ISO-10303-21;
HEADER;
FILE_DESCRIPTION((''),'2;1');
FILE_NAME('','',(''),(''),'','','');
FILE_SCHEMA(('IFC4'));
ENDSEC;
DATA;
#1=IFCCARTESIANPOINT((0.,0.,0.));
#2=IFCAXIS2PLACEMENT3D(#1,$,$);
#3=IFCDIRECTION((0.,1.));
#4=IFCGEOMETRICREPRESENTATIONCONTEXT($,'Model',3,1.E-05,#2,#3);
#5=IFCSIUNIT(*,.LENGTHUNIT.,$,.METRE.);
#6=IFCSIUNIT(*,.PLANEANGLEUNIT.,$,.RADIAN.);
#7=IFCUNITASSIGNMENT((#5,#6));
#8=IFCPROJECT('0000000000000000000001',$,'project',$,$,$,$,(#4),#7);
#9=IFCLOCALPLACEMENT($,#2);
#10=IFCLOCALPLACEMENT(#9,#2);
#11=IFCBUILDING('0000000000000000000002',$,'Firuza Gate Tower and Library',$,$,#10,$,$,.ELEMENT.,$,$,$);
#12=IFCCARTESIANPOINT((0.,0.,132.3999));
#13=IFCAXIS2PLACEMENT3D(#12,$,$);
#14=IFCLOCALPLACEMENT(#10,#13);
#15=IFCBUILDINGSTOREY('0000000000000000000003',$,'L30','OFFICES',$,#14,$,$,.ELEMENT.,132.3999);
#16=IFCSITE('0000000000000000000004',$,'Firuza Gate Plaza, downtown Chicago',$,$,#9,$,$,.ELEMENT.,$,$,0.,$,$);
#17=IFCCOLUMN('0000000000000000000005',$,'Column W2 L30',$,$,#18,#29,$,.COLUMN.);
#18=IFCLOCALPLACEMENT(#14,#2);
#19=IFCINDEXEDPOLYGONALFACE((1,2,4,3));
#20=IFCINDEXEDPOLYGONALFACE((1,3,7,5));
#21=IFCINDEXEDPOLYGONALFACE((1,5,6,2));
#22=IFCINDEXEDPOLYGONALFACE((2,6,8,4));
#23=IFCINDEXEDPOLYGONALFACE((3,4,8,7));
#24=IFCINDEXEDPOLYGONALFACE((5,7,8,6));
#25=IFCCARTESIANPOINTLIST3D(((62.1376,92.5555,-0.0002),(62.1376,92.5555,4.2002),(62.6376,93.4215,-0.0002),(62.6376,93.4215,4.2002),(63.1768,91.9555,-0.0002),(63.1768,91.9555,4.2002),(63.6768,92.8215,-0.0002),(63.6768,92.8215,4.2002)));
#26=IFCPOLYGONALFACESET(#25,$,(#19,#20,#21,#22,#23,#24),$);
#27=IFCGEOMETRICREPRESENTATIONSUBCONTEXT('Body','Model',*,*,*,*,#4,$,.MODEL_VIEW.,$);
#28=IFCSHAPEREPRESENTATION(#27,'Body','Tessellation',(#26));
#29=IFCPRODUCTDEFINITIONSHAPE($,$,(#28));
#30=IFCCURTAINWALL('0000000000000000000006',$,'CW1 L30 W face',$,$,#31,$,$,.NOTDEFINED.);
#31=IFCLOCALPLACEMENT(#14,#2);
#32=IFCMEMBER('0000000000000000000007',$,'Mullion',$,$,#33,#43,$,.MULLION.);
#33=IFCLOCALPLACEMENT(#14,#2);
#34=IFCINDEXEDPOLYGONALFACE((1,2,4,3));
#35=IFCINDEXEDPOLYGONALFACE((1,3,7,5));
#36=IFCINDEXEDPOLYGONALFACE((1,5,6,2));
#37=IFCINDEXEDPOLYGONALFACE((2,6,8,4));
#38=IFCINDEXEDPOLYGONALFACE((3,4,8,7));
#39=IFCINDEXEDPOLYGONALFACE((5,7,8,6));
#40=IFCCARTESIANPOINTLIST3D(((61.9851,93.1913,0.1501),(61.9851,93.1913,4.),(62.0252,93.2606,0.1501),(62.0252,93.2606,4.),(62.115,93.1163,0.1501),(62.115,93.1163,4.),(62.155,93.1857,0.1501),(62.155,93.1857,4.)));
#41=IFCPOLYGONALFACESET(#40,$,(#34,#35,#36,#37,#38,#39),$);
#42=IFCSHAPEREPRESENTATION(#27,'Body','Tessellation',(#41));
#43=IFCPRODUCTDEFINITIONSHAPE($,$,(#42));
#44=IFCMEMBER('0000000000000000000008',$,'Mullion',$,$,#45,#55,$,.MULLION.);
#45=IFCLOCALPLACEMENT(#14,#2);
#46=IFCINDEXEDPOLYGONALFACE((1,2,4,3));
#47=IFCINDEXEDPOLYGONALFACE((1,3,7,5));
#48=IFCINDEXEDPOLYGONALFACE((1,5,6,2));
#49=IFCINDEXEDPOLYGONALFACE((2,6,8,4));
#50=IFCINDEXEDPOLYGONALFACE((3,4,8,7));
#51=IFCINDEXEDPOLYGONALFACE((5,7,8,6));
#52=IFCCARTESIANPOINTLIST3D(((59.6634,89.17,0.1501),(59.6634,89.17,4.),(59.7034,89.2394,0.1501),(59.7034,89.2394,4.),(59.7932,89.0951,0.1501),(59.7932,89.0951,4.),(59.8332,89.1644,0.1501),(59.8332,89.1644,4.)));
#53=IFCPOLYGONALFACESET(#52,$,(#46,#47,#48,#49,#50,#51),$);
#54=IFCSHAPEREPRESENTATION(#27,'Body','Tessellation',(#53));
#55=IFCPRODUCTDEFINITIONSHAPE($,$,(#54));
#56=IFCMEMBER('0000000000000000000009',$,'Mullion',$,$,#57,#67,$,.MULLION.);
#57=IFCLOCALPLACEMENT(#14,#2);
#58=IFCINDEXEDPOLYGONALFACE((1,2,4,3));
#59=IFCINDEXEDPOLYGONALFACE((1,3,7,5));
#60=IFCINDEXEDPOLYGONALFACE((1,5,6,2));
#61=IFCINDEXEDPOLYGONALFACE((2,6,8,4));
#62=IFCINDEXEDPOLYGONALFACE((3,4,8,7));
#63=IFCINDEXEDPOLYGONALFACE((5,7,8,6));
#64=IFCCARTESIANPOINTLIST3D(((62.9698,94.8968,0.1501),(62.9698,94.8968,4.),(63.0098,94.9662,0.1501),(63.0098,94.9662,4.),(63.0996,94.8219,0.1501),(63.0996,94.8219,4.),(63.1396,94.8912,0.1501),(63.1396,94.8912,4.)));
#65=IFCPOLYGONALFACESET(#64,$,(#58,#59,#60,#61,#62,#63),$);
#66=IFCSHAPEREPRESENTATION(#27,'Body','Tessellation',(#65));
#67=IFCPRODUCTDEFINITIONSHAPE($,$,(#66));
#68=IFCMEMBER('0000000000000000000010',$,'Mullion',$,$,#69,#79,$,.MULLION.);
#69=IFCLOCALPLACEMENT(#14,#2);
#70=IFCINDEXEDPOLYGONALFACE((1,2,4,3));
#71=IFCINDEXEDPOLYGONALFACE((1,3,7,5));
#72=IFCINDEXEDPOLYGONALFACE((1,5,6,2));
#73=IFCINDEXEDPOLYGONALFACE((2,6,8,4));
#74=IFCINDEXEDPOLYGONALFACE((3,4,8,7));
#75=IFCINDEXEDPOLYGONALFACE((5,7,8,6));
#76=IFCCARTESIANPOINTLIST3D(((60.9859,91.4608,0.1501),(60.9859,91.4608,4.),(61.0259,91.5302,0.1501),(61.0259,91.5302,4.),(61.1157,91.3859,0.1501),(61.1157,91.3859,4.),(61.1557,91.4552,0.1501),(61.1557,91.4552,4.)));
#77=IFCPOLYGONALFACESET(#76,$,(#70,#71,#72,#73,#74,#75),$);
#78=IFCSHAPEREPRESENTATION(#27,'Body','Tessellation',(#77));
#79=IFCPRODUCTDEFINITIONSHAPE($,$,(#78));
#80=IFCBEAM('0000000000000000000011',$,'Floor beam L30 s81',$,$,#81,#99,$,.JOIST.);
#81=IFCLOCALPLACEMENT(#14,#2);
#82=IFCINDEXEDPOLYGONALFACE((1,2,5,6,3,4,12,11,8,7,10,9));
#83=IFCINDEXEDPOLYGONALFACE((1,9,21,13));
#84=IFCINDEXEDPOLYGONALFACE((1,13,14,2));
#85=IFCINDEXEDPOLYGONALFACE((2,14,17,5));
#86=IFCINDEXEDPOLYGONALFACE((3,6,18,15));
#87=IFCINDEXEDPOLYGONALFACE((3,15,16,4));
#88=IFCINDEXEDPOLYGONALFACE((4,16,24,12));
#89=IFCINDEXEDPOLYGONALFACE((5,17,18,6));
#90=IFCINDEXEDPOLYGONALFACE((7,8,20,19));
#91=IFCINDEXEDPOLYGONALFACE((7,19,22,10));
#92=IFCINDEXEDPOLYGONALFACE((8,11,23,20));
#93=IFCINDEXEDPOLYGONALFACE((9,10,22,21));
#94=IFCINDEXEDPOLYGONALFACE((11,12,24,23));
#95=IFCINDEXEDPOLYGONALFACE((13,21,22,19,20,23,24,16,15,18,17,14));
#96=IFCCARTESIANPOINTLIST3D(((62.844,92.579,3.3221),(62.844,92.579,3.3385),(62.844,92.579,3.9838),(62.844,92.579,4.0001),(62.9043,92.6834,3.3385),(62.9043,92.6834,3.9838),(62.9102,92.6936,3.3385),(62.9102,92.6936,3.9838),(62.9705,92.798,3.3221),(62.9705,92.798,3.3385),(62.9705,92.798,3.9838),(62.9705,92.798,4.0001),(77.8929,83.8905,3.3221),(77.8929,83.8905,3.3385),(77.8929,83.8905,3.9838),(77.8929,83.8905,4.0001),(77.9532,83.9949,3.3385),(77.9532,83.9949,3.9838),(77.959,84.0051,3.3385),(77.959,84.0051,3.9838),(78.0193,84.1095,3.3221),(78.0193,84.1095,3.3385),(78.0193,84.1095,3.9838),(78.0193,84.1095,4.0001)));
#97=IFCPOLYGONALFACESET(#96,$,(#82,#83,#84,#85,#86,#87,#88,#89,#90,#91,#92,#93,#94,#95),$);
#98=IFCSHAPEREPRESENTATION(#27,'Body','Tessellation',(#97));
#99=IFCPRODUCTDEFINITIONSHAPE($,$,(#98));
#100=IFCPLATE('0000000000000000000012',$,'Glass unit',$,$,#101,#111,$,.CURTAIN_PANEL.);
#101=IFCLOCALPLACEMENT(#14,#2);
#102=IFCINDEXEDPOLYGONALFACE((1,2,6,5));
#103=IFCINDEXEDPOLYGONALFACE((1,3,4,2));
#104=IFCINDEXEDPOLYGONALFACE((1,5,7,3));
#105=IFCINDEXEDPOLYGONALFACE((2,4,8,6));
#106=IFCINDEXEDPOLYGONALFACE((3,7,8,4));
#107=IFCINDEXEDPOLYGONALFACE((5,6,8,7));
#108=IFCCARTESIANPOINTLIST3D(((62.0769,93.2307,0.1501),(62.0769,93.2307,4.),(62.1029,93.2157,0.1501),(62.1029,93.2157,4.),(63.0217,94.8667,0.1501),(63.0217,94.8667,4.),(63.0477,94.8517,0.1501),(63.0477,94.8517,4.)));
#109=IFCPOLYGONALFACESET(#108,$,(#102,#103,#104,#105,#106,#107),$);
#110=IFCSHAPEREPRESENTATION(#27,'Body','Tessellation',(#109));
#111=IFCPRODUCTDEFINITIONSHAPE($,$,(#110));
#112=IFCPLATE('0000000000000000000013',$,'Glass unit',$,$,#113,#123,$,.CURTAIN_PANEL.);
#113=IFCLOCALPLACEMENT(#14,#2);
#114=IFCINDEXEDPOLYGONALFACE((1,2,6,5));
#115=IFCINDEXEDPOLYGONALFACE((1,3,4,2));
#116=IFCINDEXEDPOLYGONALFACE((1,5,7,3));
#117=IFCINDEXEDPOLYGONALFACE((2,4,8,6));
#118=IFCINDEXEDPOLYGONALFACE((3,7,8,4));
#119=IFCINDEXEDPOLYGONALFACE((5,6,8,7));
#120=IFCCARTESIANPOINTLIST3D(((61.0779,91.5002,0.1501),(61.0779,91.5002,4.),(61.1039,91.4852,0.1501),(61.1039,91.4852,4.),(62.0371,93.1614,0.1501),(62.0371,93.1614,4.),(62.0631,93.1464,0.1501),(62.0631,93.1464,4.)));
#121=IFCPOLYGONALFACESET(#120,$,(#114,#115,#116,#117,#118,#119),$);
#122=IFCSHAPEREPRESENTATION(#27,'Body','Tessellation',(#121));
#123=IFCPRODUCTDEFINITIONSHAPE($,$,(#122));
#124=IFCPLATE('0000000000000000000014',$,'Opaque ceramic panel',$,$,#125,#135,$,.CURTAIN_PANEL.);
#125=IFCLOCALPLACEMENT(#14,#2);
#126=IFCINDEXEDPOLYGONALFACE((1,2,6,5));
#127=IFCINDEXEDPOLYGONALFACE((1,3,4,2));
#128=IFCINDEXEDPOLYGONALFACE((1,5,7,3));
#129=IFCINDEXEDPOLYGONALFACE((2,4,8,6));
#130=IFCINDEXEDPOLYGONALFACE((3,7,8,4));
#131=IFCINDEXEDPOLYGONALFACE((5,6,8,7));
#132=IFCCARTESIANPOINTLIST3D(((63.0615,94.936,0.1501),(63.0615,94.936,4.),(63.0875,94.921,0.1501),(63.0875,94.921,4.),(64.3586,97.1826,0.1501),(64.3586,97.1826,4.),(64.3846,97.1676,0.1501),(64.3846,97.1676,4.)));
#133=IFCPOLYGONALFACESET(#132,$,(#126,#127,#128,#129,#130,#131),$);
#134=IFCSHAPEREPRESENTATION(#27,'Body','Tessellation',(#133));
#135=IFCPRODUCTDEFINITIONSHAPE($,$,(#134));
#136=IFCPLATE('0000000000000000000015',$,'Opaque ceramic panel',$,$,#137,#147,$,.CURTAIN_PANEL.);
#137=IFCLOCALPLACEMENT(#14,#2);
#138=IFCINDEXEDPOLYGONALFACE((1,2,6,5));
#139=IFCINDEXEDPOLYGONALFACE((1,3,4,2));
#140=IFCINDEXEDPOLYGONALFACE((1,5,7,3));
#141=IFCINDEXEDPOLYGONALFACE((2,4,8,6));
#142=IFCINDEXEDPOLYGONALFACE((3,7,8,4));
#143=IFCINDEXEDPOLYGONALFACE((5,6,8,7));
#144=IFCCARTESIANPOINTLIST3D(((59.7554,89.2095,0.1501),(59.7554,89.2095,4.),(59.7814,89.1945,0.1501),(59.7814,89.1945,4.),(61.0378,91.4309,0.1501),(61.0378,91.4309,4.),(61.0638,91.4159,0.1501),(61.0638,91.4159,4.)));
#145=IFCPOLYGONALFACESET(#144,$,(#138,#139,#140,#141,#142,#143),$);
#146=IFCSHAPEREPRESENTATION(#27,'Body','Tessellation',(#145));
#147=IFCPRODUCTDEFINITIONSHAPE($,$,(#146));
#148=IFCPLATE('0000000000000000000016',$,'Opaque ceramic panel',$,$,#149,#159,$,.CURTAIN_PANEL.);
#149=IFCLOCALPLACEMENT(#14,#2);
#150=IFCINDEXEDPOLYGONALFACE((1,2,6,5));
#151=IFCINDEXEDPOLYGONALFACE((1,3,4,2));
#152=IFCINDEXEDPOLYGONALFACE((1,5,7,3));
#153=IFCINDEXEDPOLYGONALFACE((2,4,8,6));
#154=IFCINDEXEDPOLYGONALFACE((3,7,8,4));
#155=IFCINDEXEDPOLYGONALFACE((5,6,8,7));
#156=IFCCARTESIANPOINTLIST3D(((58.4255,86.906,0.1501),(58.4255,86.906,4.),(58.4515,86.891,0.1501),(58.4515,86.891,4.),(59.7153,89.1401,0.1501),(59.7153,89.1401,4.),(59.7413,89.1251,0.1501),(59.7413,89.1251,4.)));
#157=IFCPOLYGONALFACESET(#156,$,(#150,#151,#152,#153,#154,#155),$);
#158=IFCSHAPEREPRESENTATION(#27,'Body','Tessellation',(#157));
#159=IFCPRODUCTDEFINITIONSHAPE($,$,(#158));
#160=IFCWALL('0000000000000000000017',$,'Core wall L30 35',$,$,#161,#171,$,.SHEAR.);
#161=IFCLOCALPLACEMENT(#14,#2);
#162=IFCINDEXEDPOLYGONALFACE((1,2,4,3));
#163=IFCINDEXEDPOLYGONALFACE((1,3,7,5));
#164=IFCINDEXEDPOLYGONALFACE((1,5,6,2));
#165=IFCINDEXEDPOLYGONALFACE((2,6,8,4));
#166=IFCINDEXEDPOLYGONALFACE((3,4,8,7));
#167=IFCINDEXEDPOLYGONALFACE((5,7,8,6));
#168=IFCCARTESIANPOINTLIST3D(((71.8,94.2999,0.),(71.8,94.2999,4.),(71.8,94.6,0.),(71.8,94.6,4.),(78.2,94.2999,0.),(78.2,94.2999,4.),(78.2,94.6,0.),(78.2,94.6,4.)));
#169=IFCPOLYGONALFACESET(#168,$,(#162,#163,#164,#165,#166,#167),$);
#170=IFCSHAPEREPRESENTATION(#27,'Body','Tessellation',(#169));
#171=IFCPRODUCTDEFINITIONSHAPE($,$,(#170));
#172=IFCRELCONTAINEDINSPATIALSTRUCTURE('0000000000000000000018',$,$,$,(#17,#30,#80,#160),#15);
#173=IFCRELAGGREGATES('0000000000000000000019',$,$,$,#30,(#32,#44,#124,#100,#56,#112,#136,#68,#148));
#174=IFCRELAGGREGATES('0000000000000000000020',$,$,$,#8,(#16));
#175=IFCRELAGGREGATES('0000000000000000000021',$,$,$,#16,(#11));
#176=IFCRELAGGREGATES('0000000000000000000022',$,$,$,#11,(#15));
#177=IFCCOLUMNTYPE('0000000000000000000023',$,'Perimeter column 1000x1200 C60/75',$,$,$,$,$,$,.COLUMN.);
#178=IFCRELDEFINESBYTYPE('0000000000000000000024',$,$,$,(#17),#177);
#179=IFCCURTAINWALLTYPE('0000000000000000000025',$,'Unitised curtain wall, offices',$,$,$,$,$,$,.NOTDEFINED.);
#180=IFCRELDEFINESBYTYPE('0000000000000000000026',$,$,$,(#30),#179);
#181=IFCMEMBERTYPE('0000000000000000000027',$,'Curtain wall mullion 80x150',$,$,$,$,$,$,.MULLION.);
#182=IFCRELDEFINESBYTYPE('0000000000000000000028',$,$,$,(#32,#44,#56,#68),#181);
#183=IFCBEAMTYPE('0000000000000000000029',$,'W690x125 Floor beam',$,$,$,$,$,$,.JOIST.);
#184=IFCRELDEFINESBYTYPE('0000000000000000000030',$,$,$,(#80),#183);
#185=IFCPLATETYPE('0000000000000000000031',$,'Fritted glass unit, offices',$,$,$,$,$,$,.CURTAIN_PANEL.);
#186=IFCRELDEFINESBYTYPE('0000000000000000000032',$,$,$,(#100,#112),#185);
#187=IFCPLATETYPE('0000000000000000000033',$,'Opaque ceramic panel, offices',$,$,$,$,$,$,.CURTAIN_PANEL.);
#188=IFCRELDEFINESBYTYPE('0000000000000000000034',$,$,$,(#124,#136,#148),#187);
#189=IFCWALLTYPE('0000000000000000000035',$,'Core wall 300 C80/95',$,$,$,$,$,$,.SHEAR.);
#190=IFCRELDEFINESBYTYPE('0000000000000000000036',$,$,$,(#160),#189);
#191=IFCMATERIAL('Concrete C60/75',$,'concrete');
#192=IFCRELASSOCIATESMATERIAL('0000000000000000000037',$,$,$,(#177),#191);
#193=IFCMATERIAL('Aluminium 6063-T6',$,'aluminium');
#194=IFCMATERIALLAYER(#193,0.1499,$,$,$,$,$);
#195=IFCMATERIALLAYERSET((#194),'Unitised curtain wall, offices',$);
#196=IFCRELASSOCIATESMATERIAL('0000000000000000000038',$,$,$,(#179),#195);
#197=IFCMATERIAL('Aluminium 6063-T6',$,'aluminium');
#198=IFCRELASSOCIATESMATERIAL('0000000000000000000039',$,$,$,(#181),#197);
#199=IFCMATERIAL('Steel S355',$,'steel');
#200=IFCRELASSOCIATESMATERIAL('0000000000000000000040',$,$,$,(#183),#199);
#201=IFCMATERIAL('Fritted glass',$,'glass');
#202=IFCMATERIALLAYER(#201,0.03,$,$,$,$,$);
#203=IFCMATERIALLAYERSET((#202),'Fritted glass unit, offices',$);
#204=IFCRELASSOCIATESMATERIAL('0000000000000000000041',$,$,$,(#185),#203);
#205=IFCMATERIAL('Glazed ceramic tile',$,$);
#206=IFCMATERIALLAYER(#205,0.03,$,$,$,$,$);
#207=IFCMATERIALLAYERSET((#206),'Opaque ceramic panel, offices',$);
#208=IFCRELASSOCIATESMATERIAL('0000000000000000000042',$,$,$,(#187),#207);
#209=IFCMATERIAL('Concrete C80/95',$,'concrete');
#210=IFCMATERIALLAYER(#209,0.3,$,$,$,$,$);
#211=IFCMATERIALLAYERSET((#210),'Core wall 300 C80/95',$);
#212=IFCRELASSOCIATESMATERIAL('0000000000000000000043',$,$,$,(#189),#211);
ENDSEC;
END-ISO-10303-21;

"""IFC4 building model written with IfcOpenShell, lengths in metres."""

from ifc_helpers import new_model, si_unit, direction, frame, frame_2d, origin, origin_2d, place, context, subcontext, project, spatial, polyline, rectangle, i_section, outline, extrude, material, layer, layer_set, material_profile, profile_set, type_object, element, aggregate, save


model = new_model("IFC4")

# Units and contexts
model_context = context("Model", 3, precision=1e-05, world=origin(), true_north=direction((0.0, 1.0)))
body_context = subcontext(model_context, "Body", "Model", "MODEL_VIEW")
ifc_project = project(units=[si_unit("LENGTHUNIT", "METRE"), si_unit("PLANEANGLEUNIT", "RADIAN")], contexts=[model_context])

# Site, building, storey
site_placement = place(None, origin())
site = spatial("IfcSite", under=ifc_project, at=site_placement, Name="Firuza Gate Plaza, downtown Chicago", CompositionType="ELEMENT", RefElevation=0.0)
building_placement = place(site_placement, origin())
building = spatial("IfcBuilding", under=site, at=building_placement, Name="Firuza Gate Tower and Library", CompositionType="ELEMENT")
storey_placement = place(building_placement, frame((0.0, 0.0, 132.3999)))
storey = spatial("IfcBuildingStorey", under=building, at=storey_placement, Name="L30", Description="OFFICES", CompositionType="ELEMENT", Elevation=132.3999)

# Column
ifc_material_1 = material(Name="Concrete C60/75", Category="concrete")
ifc_material_profile_1 = material_profile(ifc_material_1, rectangle(XDim=1.0, YDim=1.2, at=origin_2d()))
ifc_profile_set_1 = profile_set([ifc_material_profile_1], Name="Concrete C60/75")
column_type = type_object("IfcColumnType", Name="Perimeter column 1000x1200 C60/75", PredefinedType="COLUMN", material=ifc_profile_set_1)
column_placement = place(storey_placement, frame((62.9072, 92.6885, -0.0002), z_axis=(0.0, 0.0, 1.0), x_axis=(-0.5, -0.866025, 0.0)))
element("IfcColumn", 1, at=column_placement, inside=storey, type_object=column_type, Name="Column W2 L30", PredefinedType="COLUMN", context=body_context, shape_type="SweptSolid", body=[
    extrude(rectangle(XDim=1.0, YDim=1.2, at=origin_2d()), origin(), (0.0, 0.0, 1.0), 4.2004),
])

# Curtain wall, members
ifc_material_2 = material(Name="Aluminium 6063-T6", Category="aluminium")
ifc_layer_1 = layer(ifc_material_2, 0.1499)
ifc_layer_set_1 = layer_set([ifc_layer_1], Name="Unitised curtain wall, offices")
curtain_wall_type = type_object("IfcCurtainWallType", Name="Unitised curtain wall, offices", PredefinedType="NOTDEFINED", material=ifc_layer_set_1)
placement = place(storey_placement, origin())
curtain_wall = element("IfcCurtainWall", 2, at=placement, inside=storey, type_object=curtain_wall_type, Name="CW1 L30 W face", PredefinedType="NOTDEFINED")
ifc_material_3 = material(Name="Aluminium 6063-T6", Category="aluminium")
ifc_material_profile_2 = material_profile(ifc_material_3, rectangle(XDim=0.1499, YDim=0.0801, at=origin_2d()))
ifc_profile_set_2 = profile_set([ifc_material_profile_2], Name="Aluminium 6063-T6")
member_type = type_object("IfcMemberType", Name="Curtain wall mullion 80x150", PredefinedType="MULLION", material=ifc_profile_set_2)
member_1_placement = place(storey_placement, frame((62.0701, 93.1885, 0.1501), z_axis=(0.0, 0.0, 1.0), x_axis=(0.866025, -0.5, 0.0)))
member_1 = element("IfcMember", 3, at=member_1_placement, type_object=member_type, Name="Mullion", PredefinedType="MULLION", context=body_context, shape_type="SweptSolid", body=[
    extrude(rectangle(XDim=0.1499, YDim=0.0801, at=origin_2d()), origin(), (0.0, 0.0, 1.0), 3.8499),
])
member_2_placement = place(storey_placement, frame((59.7483, 89.1672, 0.1501), z_axis=(0.0, 0.0, 1.0), x_axis=(0.866025, -0.5, 0.0)))
member_2 = element("IfcMember", 4, at=member_2_placement, type_object=member_type, Name="Mullion", PredefinedType="MULLION", context=body_context, shape_type="SweptSolid", body=[
    extrude(rectangle(XDim=0.1499, YDim=0.0801, at=origin_2d()), origin(), (0.0, 0.0, 1.0), 3.8499),
])
member_3_placement = place(storey_placement, frame((63.0547, 94.894, 0.1501), z_axis=(0.0, 0.0, 1.0), x_axis=(0.866025, -0.5, 0.0)))
member_3 = element("IfcMember", 5, at=member_3_placement, type_object=member_type, Name="Mullion", PredefinedType="MULLION", context=body_context, shape_type="SweptSolid", body=[
    extrude(rectangle(XDim=0.1499, YDim=0.0801, at=origin_2d()), origin(), (0.0, 0.0, 1.0), 3.8499),
])
member_4_placement = place(storey_placement, frame((61.0708, 91.458, 0.1501), z_axis=(0.0, 0.0, 1.0), x_axis=(0.866025, -0.5, 0.0)))
member_4 = element("IfcMember", 6, at=member_4_placement, type_object=member_type, Name="Mullion", PredefinedType="MULLION", context=body_context, shape_type="SweptSolid", body=[
    extrude(rectangle(XDim=0.1499, YDim=0.0801, at=origin_2d()), origin(), (0.0, 0.0, 1.0), 3.8499),
])

# Beam
ifc_material_4 = material(Name="Steel S355", Category="steel")
ifc_material_profile_3 = material_profile(ifc_material_4, i_section(OverallWidth=0.2529, OverallDepth=0.678, WebThickness=0.0117, FlangeThickness=0.0164, at=origin_2d()))
ifc_profile_set_3 = profile_set([ifc_material_profile_3], Name="Steel S355")
beam_type = type_object("IfcBeamType", Name="W690x125 Floor beam", PredefinedType="JOIST", material=ifc_profile_set_3)
beam_placement = place(storey_placement, frame((62.9072, 92.6885, 3.6611), z_axis=(0.866025, -0.500001, 0.0), x_axis=(0.500001, 0.866025, 0.0)))
element("IfcBeam", 7, at=beam_placement, inside=storey, type_object=beam_type, Name="Floor beam L30 s81", PredefinedType="JOIST", context=body_context, shape_type="SweptSolid", body=[
    extrude(i_section(OverallWidth=0.2529, OverallDepth=0.678, WebThickness=0.0117, FlangeThickness=0.0164, at=origin_2d()), origin(), (0.0, 0.0, 1.0), 17.377),
])

# Plates
ifc_material_5 = material(Name="Fritted glass", Category="glass")
ifc_layer_2 = layer(ifc_material_5, 0.03)
ifc_layer_set_2 = layer_set([ifc_layer_2], Name="Fritted glass unit, offices")
plate_type_1 = type_object("IfcPlateType", Name="Fritted glass unit, offices", PredefinedType="CURTAIN_PANEL", material=ifc_layer_set_2)
plate_1_placement = place(storey_placement, frame((63.0217, 94.8667, 0.1501), z_axis=(-0.86596, 0.500114, 0.0), x_axis=(-0.500114, -0.86596, 0.0)))
plate_1 = element("IfcPlate", 8, at=plate_1_placement, type_object=plate_type_1, Name="Glass unit", PredefinedType="CURTAIN_PANEL", context=body_context, shape_type="SweptSolid", body=[
    extrude(outline(polyline([(0.0, 0.0), (1.8892, 0.0), (1.8892, 3.8499), (0.0, 3.8499), (0.0, 0.0)])), origin(), (0.0, 0.0, -1.0), 0.03),
])
plate_2_placement = place(storey_placement, frame((62.0371, 93.1614, 0.1501), z_axis=(-0.865986, 0.500068, 0.0), x_axis=(-0.500068, -0.865986, 0.0)))
plate_2 = element("IfcPlate", 9, at=plate_2_placement, type_object=plate_type_1, Name="Glass unit", PredefinedType="CURTAIN_PANEL", context=body_context, shape_type="SweptSolid", body=[
    extrude(outline(polyline([(0.0, 0.0), (1.9182, 0.0), (1.9182, 3.8499), (0.0, 3.8499), (0.0, 0.0)])), origin(), (0.0, 0.0, -1.0), 0.03),
])
ifc_material_6 = material(Name="Glazed ceramic tile")
ifc_layer_3 = layer(ifc_material_6, 0.03)
ifc_layer_set_3 = layer_set([ifc_layer_3], Name="Opaque ceramic panel, offices")
plate_type_2 = type_object("IfcPlateType", Name="Opaque ceramic panel, offices", PredefinedType="CURTAIN_PANEL", material=ifc_layer_set_3)
plate_3_placement = place(storey_placement, frame((64.3586, 97.1826, 0.1501), z_axis=(-0.866016, 0.500016, 0.0), x_axis=(-0.500016, -0.866016, 0.0)))
plate_3 = element("IfcPlate", 10, at=plate_3_placement, type_object=plate_type_2, Name="Opaque ceramic panel", PredefinedType="CURTAIN_PANEL", context=body_context, shape_type="SweptSolid", body=[
    extrude(outline(polyline([(0.0, 0.0), (2.5942, 0.0), (2.5942, 3.8499), (0.0, 3.8499), (0.0, 0.0)])), origin(), (0.0, 0.0, -1.0), 0.03),
])
plate_4_placement = place(storey_placement, frame((61.0378, 91.4309, 0.1501), z_axis=(-0.866038, 0.499978, 0.0), x_axis=(-0.499978, -0.866038, 0.0)))
plate_4 = element("IfcPlate", 11, at=plate_4_placement, type_object=plate_type_2, Name="Opaque ceramic panel", PredefinedType="CURTAIN_PANEL", context=body_context, shape_type="SweptSolid", body=[
    extrude(outline(polyline([(0.0, 0.0), (2.5651, 0.0), (2.5651, 3.8499), (0.0, 3.8499), (0.0, 0.0)])), origin(), (0.0, 0.0, -1.0), 0.03),
])
plate_5_placement = place(storey_placement, frame((59.7153, 89.1401, 0.1501), z_axis=(-0.866039, 0.499976, 0.0), x_axis=(-0.499976, -0.866039, 0.0)))
plate_5 = element("IfcPlate", 12, at=plate_5_placement, type_object=plate_type_2, Name="Opaque ceramic panel", PredefinedType="CURTAIN_PANEL", context=body_context, shape_type="SweptSolid", body=[
    extrude(outline(polyline([(0.0, 0.0), (2.5797, 0.0), (2.5797, 3.8499), (0.0, 3.8499), (0.0, 0.0)])), origin(), (0.0, 0.0, -1.0), 0.03),
])
aggregate(curtain_wall, [member_1, member_2, plate_3, plate_1, member_3, plate_2, plate_4, member_4, plate_5])

# Wall
ifc_material_7 = material(Name="Concrete C80/95", Category="concrete")
ifc_layer_4 = layer(ifc_material_7, 0.3)
ifc_layer_set_4 = layer_set([ifc_layer_4], Name="Core wall 300 C80/95")
wall_type_1 = type_object("IfcWallType", Name="Core wall 300 C80/95", PredefinedType="SHEAR", material=ifc_layer_set_4)
wall_1_placement = place(storey_placement, frame((71.8, 94.45, 0.0), z_axis=(0.0, 0.0, 1.0), x_axis=(1.0, 0.0, 0.0)))
element("IfcWall", 13, at=wall_1_placement, inside=storey, type_object=wall_type_1, Name="Core wall L30 35", PredefinedType="SHEAR", context=body_context, shape_type="SweptSolid", body=[
    extrude(rectangle(XDim=6.3999, YDim=0.3, at=frame_2d((3.2, 0.0))), origin(), (0.0, 0.0, 1.0), 4.0),
])

save(model, "model.ifc")
